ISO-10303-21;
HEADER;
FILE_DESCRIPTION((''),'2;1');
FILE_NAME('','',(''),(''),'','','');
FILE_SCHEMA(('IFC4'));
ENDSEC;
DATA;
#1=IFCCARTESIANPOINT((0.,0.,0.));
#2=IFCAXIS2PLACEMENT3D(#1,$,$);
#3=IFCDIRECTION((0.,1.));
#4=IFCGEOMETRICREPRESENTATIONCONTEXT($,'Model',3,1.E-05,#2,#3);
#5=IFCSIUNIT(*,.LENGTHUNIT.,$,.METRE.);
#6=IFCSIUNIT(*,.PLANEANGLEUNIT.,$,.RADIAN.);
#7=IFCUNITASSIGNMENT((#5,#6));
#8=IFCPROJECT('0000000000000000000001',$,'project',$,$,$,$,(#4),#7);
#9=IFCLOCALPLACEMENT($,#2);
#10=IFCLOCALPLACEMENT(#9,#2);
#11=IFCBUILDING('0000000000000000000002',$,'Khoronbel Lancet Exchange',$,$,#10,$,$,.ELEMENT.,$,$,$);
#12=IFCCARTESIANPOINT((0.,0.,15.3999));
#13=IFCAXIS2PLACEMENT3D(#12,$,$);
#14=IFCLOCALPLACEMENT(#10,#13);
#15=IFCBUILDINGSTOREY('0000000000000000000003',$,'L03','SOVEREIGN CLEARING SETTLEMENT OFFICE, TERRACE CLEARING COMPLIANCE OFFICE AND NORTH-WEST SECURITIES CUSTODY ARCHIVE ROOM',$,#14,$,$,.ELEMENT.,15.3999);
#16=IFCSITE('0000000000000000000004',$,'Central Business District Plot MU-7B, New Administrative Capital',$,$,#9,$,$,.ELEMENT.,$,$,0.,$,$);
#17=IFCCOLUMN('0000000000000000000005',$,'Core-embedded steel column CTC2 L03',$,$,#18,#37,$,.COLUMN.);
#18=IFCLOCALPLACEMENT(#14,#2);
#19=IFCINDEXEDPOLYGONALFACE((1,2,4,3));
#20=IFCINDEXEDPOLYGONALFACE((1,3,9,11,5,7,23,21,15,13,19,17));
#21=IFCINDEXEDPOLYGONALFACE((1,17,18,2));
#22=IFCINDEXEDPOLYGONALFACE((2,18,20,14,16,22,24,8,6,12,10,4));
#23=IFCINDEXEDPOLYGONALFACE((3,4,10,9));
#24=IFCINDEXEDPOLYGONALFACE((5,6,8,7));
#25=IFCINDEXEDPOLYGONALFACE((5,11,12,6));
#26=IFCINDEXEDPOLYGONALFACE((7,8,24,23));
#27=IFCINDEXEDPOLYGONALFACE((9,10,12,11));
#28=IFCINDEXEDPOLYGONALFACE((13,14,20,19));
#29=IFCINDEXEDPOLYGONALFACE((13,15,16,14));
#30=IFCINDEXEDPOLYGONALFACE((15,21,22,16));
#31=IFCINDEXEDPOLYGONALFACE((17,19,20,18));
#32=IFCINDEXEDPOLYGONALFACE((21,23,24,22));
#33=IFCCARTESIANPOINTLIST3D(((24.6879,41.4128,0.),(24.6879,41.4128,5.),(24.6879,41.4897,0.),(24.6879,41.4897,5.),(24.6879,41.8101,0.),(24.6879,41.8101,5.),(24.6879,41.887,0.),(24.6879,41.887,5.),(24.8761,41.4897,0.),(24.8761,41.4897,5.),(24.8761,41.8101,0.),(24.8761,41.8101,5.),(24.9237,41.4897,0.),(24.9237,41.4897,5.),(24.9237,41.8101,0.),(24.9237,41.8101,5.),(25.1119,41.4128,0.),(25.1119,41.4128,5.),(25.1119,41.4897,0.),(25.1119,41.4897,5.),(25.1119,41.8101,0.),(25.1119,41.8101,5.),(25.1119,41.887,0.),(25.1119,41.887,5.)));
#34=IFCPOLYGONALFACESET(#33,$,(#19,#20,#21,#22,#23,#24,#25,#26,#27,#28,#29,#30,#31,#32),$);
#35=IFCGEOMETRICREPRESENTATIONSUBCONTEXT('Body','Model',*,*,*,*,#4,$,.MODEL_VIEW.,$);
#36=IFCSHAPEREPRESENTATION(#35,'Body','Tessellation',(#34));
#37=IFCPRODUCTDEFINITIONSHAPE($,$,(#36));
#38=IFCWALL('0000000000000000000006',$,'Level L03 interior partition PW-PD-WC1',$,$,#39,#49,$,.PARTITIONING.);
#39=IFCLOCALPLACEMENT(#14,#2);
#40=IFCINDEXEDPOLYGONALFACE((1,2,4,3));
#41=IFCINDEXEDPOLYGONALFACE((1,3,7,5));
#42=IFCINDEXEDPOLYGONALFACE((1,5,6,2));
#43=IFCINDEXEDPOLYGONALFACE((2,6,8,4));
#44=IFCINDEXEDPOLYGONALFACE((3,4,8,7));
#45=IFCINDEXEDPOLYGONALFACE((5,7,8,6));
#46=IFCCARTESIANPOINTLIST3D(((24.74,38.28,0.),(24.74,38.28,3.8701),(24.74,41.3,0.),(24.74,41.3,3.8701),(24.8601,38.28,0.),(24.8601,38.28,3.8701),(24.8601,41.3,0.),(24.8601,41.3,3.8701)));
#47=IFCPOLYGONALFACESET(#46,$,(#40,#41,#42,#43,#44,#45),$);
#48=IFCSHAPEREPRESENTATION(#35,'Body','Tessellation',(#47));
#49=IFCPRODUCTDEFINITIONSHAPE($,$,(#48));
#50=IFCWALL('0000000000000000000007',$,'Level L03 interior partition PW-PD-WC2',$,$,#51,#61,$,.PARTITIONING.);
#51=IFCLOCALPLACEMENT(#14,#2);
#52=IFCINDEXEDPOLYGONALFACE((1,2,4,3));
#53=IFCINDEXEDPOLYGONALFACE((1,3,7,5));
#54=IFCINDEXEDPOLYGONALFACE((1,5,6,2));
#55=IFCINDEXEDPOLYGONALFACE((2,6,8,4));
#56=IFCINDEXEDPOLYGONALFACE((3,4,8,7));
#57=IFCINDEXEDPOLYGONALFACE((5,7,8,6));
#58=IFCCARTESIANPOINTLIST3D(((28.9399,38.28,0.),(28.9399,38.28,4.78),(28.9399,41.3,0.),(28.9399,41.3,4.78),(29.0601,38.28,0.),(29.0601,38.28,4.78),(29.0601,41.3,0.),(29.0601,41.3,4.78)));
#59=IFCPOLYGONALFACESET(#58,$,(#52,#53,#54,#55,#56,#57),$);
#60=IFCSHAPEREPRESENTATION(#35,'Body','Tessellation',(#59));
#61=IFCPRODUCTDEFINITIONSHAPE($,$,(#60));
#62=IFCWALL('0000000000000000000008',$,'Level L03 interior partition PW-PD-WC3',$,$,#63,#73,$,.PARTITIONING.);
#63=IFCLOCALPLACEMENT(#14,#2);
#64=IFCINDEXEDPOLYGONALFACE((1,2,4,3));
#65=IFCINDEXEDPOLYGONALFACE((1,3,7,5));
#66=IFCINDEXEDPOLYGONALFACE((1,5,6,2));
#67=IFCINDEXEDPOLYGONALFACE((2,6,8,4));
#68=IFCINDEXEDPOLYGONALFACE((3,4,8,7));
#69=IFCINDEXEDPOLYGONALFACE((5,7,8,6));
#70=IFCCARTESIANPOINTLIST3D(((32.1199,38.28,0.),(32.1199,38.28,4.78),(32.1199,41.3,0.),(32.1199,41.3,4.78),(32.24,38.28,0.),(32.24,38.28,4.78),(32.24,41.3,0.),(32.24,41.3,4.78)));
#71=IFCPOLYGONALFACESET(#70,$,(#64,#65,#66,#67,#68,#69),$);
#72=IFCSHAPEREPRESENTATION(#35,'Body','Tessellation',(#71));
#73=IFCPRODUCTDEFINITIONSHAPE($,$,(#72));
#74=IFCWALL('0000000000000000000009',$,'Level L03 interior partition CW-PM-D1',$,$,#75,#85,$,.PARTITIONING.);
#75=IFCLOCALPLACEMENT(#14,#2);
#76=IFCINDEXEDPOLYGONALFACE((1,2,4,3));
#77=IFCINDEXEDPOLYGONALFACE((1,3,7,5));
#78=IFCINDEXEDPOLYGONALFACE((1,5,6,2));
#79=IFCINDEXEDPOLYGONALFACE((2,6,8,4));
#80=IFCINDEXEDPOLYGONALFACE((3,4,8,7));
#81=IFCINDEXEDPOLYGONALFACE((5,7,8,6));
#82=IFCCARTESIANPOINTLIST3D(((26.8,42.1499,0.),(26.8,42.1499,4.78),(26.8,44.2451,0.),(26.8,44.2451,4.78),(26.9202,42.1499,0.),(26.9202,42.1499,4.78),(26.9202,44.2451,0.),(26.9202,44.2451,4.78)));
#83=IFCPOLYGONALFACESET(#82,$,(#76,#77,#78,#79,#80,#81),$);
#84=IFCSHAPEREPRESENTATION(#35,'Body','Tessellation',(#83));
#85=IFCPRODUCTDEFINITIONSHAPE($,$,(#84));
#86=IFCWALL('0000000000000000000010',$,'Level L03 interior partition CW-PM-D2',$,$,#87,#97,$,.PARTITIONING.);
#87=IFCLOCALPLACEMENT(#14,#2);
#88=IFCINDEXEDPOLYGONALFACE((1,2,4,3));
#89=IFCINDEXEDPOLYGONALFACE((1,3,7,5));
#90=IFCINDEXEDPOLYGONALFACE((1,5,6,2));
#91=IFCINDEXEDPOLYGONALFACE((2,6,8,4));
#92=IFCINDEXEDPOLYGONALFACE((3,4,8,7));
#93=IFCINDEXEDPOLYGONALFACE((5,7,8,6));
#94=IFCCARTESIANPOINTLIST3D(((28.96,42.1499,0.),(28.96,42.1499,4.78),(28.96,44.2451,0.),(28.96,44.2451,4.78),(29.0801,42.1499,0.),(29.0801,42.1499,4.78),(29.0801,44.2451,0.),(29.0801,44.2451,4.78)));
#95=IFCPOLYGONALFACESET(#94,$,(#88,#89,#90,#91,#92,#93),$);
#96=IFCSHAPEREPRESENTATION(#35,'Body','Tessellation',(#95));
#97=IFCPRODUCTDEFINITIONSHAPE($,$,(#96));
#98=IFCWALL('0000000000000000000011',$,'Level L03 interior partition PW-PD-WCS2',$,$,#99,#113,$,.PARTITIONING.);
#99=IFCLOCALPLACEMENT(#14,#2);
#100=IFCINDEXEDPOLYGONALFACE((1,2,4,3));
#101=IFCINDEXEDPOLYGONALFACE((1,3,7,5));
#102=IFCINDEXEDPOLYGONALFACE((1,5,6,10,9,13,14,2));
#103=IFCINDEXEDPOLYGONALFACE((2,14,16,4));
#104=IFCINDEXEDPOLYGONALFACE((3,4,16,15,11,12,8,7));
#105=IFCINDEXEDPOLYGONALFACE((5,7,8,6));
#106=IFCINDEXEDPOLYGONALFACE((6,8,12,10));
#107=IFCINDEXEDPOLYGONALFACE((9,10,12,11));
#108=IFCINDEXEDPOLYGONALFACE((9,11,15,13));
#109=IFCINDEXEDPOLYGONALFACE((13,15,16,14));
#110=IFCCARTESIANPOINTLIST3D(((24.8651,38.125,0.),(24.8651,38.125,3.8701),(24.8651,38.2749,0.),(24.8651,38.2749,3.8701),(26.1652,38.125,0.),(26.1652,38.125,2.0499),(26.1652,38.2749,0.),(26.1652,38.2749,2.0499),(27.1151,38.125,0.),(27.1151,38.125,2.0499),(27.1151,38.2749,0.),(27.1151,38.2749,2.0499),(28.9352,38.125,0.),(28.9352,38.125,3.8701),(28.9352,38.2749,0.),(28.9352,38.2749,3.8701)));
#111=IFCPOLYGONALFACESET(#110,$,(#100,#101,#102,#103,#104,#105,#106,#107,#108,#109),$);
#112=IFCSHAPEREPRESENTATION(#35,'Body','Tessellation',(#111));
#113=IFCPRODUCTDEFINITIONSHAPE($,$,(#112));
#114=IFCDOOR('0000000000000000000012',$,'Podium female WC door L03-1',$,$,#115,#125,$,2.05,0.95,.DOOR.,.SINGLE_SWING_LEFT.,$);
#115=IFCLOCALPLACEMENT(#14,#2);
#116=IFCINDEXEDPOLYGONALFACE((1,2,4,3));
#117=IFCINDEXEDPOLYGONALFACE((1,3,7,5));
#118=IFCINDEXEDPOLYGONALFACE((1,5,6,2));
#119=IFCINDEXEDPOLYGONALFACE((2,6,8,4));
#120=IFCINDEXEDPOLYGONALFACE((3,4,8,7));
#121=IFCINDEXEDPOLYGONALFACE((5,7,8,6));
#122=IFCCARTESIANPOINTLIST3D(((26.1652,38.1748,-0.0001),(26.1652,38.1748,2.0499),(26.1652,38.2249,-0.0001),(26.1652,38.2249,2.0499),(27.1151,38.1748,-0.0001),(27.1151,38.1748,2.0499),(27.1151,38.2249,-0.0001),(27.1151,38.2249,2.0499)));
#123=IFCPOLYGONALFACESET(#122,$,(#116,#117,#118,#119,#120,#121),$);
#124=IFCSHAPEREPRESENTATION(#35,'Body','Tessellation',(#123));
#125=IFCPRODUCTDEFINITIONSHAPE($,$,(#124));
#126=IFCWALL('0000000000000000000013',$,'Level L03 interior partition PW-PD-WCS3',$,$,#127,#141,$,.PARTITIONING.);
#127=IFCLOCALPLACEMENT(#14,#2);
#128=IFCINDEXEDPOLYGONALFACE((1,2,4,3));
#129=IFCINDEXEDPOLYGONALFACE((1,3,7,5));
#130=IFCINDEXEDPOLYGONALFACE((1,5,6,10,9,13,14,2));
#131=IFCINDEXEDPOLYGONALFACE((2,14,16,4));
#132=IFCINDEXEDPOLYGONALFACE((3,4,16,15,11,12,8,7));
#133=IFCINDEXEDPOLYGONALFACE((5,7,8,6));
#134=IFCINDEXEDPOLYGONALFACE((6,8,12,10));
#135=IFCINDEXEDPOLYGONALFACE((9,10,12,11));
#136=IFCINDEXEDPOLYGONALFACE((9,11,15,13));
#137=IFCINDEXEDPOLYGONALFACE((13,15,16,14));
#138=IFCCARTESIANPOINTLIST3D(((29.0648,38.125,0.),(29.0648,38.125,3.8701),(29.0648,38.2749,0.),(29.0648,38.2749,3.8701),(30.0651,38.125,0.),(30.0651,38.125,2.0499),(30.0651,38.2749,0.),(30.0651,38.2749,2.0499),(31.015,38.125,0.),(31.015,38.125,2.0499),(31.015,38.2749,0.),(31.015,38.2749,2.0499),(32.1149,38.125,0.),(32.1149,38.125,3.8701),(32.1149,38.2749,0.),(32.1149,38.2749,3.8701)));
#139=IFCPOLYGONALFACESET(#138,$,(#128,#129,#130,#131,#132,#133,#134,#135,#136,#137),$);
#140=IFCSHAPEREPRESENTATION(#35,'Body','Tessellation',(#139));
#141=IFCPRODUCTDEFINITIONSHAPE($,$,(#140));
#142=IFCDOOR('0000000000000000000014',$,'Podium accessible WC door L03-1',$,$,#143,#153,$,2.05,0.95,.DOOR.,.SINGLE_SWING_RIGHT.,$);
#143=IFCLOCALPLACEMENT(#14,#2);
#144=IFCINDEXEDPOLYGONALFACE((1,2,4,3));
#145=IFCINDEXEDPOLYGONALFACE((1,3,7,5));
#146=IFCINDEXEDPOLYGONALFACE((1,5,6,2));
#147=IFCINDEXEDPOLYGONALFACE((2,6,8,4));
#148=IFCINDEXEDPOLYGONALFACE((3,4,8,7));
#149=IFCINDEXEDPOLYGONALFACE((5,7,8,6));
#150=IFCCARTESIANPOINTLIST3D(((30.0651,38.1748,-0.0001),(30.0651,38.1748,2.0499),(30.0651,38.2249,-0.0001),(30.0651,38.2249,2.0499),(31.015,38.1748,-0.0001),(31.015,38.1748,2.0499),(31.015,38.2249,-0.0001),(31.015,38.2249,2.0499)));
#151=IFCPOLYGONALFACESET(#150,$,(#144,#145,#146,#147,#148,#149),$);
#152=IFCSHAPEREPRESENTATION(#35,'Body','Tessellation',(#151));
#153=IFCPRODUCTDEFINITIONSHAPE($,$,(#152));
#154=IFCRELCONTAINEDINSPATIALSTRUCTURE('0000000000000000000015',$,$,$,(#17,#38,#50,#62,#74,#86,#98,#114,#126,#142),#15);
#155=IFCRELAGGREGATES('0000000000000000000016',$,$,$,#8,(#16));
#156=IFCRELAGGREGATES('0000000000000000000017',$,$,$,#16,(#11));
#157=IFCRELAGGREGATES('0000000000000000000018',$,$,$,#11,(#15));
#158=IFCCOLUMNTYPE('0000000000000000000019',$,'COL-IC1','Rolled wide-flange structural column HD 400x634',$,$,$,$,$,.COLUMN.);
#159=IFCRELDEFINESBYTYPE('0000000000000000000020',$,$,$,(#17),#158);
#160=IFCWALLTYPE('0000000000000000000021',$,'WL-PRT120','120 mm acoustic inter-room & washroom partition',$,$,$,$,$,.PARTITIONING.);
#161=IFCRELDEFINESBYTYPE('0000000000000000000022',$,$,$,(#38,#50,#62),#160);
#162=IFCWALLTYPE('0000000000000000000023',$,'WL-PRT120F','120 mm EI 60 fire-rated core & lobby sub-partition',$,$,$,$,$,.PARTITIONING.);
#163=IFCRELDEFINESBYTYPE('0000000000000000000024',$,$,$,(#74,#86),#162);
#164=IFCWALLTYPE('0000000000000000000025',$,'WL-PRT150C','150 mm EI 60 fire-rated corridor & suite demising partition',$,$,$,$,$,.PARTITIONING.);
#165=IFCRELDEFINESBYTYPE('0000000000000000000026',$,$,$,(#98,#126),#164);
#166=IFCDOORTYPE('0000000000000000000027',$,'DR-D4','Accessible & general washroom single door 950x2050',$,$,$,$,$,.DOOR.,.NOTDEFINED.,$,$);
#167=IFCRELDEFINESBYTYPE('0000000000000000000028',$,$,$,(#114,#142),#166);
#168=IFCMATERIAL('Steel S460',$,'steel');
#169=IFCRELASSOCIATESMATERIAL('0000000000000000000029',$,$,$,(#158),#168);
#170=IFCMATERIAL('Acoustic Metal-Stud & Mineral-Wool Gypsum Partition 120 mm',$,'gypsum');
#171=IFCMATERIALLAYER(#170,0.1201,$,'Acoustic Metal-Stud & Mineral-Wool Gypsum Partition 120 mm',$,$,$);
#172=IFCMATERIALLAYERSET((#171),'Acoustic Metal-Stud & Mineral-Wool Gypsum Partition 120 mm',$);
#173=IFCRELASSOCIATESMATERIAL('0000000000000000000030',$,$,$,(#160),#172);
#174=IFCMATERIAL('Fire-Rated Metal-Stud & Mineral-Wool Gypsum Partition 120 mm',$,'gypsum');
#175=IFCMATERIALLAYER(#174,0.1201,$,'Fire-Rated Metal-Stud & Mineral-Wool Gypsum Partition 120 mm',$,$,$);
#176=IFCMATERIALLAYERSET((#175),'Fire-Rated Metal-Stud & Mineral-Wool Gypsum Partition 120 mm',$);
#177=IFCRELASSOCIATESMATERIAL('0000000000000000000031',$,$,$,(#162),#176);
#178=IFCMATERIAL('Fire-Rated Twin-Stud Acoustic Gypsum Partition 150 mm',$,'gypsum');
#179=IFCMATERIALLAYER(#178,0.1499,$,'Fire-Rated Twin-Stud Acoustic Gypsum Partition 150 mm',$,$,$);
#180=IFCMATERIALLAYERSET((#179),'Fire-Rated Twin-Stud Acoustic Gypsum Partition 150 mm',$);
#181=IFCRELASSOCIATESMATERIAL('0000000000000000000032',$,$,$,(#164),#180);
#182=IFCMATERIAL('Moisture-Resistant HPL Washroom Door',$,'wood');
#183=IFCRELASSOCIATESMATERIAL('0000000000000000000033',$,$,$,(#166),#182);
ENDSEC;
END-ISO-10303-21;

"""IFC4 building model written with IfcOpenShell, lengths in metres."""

from ifc_helpers import new_model, si_unit, direction, frame, frame_2d, origin, origin_2d, place, context, subcontext, project, spatial, rectangle, i_section, extrude, material, layer, layer_set, material_profile, profile_set, type_object, element, fill, save


model = new_model("IFC4")

# Units and contexts
model_context = context("Model", 3, precision=1e-05, world=origin(), true_north=direction((0.0, 1.0)))
body_context = subcontext(model_context, "Body", "Model", "MODEL_VIEW")
ifc_project = project(units=[si_unit("LENGTHUNIT", "METRE"), si_unit("PLANEANGLEUNIT", "RADIAN")], contexts=[model_context])

# Site, building, storey
site_placement = place(None, origin())
site = spatial("IfcSite", under=ifc_project, at=site_placement, Name="Central Business District Plot MU-7B, New Administrative Capital", CompositionType="ELEMENT", RefElevation=0.0)
building_placement = place(site_placement, origin())
building = spatial("IfcBuilding", under=site, at=building_placement, Name="Khoronbel Lancet Exchange", CompositionType="ELEMENT")
storey_placement = place(building_placement, frame((0.0, 0.0, 15.3999)))
storey = spatial("IfcBuildingStorey", under=building, at=storey_placement, Name="L03", Description="SOVEREIGN CLEARING SETTLEMENT OFFICE, TERRACE CLEARING COMPLIANCE OFFICE AND NORTH-WEST SECURITIES CUSTODY ARCHIVE ROOM", CompositionType="ELEMENT", Elevation=15.3999)

# Column
ifc_material_1 = material(Name="Steel S460", Category="steel")
ifc_material_profile = material_profile(ifc_material_1, i_section(OverallWidth=0.4241, OverallDepth=0.4741, WebThickness=0.0476, FlangeThickness=0.0769, at=origin_2d()), Name="HD 400x634")
ifc_profile_set = profile_set([ifc_material_profile], Name="Steel S460")
column_type = type_object("IfcColumnType", Name="COL-IC1", Description="Rolled wide-flange structural column HD 400x634", PredefinedType="COLUMN", material=ifc_profile_set)
column_placement = place(storey_placement, frame((24.8999, 41.6499, 0.0), z_axis=(0.0, 0.0, 1.0), x_axis=(1.0, 0.0, 0.0)))
element("IfcColumn", 1, at=column_placement, inside=storey, type_object=column_type, Name="Core-embedded steel column CTC2 L03", PredefinedType="COLUMN", context=body_context, shape_type="SweptSolid", body=[
    extrude(i_section(OverallWidth=0.4241, OverallDepth=0.4741, WebThickness=0.0476, FlangeThickness=0.0769, at=origin_2d()), origin(), (0.0, 0.0, 1.0), 5.0),
])

# Walls
ifc_material_2 = material(Name="Acoustic Metal-Stud & Mineral-Wool Gypsum Partition 120 mm", Category="gypsum")
ifc_layer_1 = layer(ifc_material_2, 0.1201, Name="Acoustic Metal-Stud & Mineral-Wool Gypsum Partition 120 mm")
ifc_layer_set_1 = layer_set([ifc_layer_1], Name="Acoustic Metal-Stud & Mineral-Wool Gypsum Partition 120 mm")
wall_type_1 = type_object("IfcWallType", Name="WL-PRT120", Description="120 mm acoustic inter-room & washroom partition", PredefinedType="PARTITIONING", material=ifc_layer_set_1)
wall_1_placement = place(storey_placement, frame((24.8, 38.28, 0.0), z_axis=(0.0, 0.0, 1.0), x_axis=(0.0, 1.0, 0.0)))
element("IfcWall", 2, at=wall_1_placement, inside=storey, type_object=wall_type_1, Name="Level L03 interior partition PW-PD-WC1", PredefinedType="PARTITIONING", context=body_context, shape_type="SweptSolid", body=[
    extrude(rectangle(XDim=3.02, YDim=0.1201, at=frame_2d((1.51, 0.0))), origin(), (0.0, 0.0, 1.0), 3.8701),
])
for number, where, z_axis, x_axis, name in (
    (3, (29.0, 38.28, 0.0), (0.0, 0.0, 1.0), (0.0, 1.0, 0.0), "Level L03 interior partition PW-PD-WC2"),
    (4, (32.1799, 38.28, 0.0), (0.0, 0.0, 1.0), (0.0, 1.0, 0.0), "Level L03 interior partition PW-PD-WC3"),
):
    element("IfcWall", number, at=place(storey_placement, frame(where, z_axis=z_axis, x_axis=x_axis)), inside=storey, type_object=wall_type_1, Name=name, PredefinedType="PARTITIONING", context=body_context, shape_type="SweptSolid", body=[
        extrude(rectangle(XDim=3.02, YDim=0.1201, at=frame_2d((1.51, 0.0))), origin(), (0.0, 0.0, 1.0), 4.78),
    ])
ifc_material_3 = material(Name="Fire-Rated Metal-Stud & Mineral-Wool Gypsum Partition 120 mm", Category="gypsum")
ifc_layer_2 = layer(ifc_material_3, 0.1201, Name="Fire-Rated Metal-Stud & Mineral-Wool Gypsum Partition 120 mm")
ifc_layer_set_2 = layer_set([ifc_layer_2], Name="Fire-Rated Metal-Stud & Mineral-Wool Gypsum Partition 120 mm")
wall_type_2 = type_object("IfcWallType", Name="WL-PRT120F", Description="120 mm EI 60 fire-rated core & lobby sub-partition", PredefinedType="PARTITIONING", material=ifc_layer_set_2)
for number, where, z_axis, x_axis, name in (
    (5, (26.8601, 42.1499, 0.0), (0.0, 0.0, 1.0), (0.0, 1.0, 0.0), "Level L03 interior partition CW-PM-D1"),
    (6, (29.02, 42.1499, 0.0), (0.0, 0.0, 1.0), (0.0, 1.0, 0.0), "Level L03 interior partition CW-PM-D2"),
):
    element("IfcWall", number, at=place(storey_placement, frame(where, z_axis=z_axis, x_axis=x_axis)), inside=storey, type_object=wall_type_2, Name=name, PredefinedType="PARTITIONING", context=body_context, shape_type="SweptSolid", body=[
        extrude(rectangle(XDim=2.0952, YDim=0.1201, at=frame_2d((1.0476, 0.0))), origin(), (0.0, 0.0, 1.0), 4.78),
    ])

# Walls, openings, doors
ifc_material_4 = material(Name="Fire-Rated Twin-Stud Acoustic Gypsum Partition 150 mm", Category="gypsum")
ifc_layer_3 = layer(ifc_material_4, 0.1499, Name="Fire-Rated Twin-Stud Acoustic Gypsum Partition 150 mm")
ifc_layer_set_3 = layer_set([ifc_layer_3], Name="Fire-Rated Twin-Stud Acoustic Gypsum Partition 150 mm")
wall_type_3 = type_object("IfcWallType", Name="WL-PRT150C", Description="150 mm EI 60 fire-rated corridor & suite demising partition", PredefinedType="PARTITIONING", material=ifc_layer_set_3)
wall_2_placement = place(storey_placement, frame((24.865, 38.2, 0.0), z_axis=(0.0, 0.0, 1.0), x_axis=(1.0, 0.0, 0.0)))
wall_2 = element("IfcWall", 7, at=wall_2_placement, inside=storey, type_object=wall_type_3, Name="Level L03 interior partition PW-PD-WCS2", PredefinedType="PARTITIONING", context=body_context, shape_type="SweptSolid", body=[
    extrude(rectangle(XDim=4.0701, YDim=0.1499, at=frame_2d((2.0352, 0.0))), origin(), (0.0, 0.0, 1.0), 3.8701),
])
opening_1_placement = place(wall_2_placement, frame((1.3, 0.0, 0.0)))
opening_1 = element("IfcOpeningElement", 8, at=opening_1_placement, cuts=wall_2, PredefinedType="OPENING", context=body_context, shape_type="SweptSolid", body=[
    extrude(rectangle(XDim=0.95, YDim=2.05, at=frame_2d((0.4751, 1.0249))), frame((0.0, 0.085, 0.0), z_axis=(0.0, -1.0, 0.0), x_axis=(1.0, 0.0, 0.0)), (0.0, 0.0, 1.0), 0.1699),
])
ifc_material_5 = material(Name="Moisture-Resistant HPL Washroom Door", Category="wood")
door_type_1 = type_object("IfcDoorType", Name="DR-D4", Description="Accessible & general washroom single door 950x2050", OperationType="NOTDEFINED", PredefinedType="DOOR", material=ifc_material_5)
door_1_placement = place(opening_1_placement, origin())
door_1 = element("IfcDoor", 9, at=door_1_placement, inside=storey, type_object=door_type_1, Name="Podium female WC door L03-1", OperationType="SINGLE_SWING_LEFT", OverallHeight=2.05, OverallWidth=0.95, PredefinedType="DOOR", context=body_context, shape_type="SweptSolid", body=[
    extrude(rectangle(XDim=0.95, YDim=2.05, at=frame_2d((0.4751, 1.0249))), frame((0.0, 0.0249, 0.0), z_axis=(0.0, -1.0, 0.0), x_axis=(1.0, 0.0, 0.0)), (0.0, 0.0, 1.0), 0.05),
])
fill(opening_1, door_1)
wall_3_placement = place(storey_placement, frame((29.0649, 38.2, 0.0), z_axis=(0.0, 0.0, 1.0), x_axis=(1.0, 0.0, 0.0)))
wall_3 = element("IfcWall", 10, at=wall_3_placement, inside=storey, type_object=wall_type_3, Name="Level L03 interior partition PW-PD-WCS3", PredefinedType="PARTITIONING", context=body_context, shape_type="SweptSolid", body=[
    extrude(rectangle(XDim=3.05, YDim=0.1499, at=frame_2d((1.5249, 0.0))), origin(), (0.0, 0.0, 1.0), 3.8701),
])
opening_2_placement = place(wall_3_placement, frame((1.0, 0.0, 0.0)))
opening_2 = element("IfcOpeningElement", 11, at=opening_2_placement, cuts=wall_3, PredefinedType="OPENING", context=body_context, shape_type="SweptSolid", body=[
    extrude(rectangle(XDim=0.95, YDim=2.05, at=frame_2d((0.4751, 1.0249))), frame((0.0, 0.085, 0.0), z_axis=(0.0, -1.0, 0.0), x_axis=(1.0, 0.0, 0.0)), (0.0, 0.0, 1.0), 0.1699),
])
door_2_placement = place(opening_2_placement, origin())
door_2 = element("IfcDoor", 12, at=door_2_placement, inside=storey, type_object=door_type_1, Name="Podium accessible WC door L03-1", OperationType="SINGLE_SWING_RIGHT", OverallHeight=2.05, OverallWidth=0.95, PredefinedType="DOOR", context=body_context, shape_type="SweptSolid", body=[
    extrude(rectangle(XDim=0.95, YDim=2.05, at=frame_2d((0.4751, 1.0249))), frame((0.0, 0.0249, 0.0), z_axis=(0.0, -1.0, 0.0), x_axis=(1.0, 0.0, 0.0)), (0.0, 0.0, 1.0), 0.05),
])
fill(opening_2, door_2)

save(model, "model.ifc")
